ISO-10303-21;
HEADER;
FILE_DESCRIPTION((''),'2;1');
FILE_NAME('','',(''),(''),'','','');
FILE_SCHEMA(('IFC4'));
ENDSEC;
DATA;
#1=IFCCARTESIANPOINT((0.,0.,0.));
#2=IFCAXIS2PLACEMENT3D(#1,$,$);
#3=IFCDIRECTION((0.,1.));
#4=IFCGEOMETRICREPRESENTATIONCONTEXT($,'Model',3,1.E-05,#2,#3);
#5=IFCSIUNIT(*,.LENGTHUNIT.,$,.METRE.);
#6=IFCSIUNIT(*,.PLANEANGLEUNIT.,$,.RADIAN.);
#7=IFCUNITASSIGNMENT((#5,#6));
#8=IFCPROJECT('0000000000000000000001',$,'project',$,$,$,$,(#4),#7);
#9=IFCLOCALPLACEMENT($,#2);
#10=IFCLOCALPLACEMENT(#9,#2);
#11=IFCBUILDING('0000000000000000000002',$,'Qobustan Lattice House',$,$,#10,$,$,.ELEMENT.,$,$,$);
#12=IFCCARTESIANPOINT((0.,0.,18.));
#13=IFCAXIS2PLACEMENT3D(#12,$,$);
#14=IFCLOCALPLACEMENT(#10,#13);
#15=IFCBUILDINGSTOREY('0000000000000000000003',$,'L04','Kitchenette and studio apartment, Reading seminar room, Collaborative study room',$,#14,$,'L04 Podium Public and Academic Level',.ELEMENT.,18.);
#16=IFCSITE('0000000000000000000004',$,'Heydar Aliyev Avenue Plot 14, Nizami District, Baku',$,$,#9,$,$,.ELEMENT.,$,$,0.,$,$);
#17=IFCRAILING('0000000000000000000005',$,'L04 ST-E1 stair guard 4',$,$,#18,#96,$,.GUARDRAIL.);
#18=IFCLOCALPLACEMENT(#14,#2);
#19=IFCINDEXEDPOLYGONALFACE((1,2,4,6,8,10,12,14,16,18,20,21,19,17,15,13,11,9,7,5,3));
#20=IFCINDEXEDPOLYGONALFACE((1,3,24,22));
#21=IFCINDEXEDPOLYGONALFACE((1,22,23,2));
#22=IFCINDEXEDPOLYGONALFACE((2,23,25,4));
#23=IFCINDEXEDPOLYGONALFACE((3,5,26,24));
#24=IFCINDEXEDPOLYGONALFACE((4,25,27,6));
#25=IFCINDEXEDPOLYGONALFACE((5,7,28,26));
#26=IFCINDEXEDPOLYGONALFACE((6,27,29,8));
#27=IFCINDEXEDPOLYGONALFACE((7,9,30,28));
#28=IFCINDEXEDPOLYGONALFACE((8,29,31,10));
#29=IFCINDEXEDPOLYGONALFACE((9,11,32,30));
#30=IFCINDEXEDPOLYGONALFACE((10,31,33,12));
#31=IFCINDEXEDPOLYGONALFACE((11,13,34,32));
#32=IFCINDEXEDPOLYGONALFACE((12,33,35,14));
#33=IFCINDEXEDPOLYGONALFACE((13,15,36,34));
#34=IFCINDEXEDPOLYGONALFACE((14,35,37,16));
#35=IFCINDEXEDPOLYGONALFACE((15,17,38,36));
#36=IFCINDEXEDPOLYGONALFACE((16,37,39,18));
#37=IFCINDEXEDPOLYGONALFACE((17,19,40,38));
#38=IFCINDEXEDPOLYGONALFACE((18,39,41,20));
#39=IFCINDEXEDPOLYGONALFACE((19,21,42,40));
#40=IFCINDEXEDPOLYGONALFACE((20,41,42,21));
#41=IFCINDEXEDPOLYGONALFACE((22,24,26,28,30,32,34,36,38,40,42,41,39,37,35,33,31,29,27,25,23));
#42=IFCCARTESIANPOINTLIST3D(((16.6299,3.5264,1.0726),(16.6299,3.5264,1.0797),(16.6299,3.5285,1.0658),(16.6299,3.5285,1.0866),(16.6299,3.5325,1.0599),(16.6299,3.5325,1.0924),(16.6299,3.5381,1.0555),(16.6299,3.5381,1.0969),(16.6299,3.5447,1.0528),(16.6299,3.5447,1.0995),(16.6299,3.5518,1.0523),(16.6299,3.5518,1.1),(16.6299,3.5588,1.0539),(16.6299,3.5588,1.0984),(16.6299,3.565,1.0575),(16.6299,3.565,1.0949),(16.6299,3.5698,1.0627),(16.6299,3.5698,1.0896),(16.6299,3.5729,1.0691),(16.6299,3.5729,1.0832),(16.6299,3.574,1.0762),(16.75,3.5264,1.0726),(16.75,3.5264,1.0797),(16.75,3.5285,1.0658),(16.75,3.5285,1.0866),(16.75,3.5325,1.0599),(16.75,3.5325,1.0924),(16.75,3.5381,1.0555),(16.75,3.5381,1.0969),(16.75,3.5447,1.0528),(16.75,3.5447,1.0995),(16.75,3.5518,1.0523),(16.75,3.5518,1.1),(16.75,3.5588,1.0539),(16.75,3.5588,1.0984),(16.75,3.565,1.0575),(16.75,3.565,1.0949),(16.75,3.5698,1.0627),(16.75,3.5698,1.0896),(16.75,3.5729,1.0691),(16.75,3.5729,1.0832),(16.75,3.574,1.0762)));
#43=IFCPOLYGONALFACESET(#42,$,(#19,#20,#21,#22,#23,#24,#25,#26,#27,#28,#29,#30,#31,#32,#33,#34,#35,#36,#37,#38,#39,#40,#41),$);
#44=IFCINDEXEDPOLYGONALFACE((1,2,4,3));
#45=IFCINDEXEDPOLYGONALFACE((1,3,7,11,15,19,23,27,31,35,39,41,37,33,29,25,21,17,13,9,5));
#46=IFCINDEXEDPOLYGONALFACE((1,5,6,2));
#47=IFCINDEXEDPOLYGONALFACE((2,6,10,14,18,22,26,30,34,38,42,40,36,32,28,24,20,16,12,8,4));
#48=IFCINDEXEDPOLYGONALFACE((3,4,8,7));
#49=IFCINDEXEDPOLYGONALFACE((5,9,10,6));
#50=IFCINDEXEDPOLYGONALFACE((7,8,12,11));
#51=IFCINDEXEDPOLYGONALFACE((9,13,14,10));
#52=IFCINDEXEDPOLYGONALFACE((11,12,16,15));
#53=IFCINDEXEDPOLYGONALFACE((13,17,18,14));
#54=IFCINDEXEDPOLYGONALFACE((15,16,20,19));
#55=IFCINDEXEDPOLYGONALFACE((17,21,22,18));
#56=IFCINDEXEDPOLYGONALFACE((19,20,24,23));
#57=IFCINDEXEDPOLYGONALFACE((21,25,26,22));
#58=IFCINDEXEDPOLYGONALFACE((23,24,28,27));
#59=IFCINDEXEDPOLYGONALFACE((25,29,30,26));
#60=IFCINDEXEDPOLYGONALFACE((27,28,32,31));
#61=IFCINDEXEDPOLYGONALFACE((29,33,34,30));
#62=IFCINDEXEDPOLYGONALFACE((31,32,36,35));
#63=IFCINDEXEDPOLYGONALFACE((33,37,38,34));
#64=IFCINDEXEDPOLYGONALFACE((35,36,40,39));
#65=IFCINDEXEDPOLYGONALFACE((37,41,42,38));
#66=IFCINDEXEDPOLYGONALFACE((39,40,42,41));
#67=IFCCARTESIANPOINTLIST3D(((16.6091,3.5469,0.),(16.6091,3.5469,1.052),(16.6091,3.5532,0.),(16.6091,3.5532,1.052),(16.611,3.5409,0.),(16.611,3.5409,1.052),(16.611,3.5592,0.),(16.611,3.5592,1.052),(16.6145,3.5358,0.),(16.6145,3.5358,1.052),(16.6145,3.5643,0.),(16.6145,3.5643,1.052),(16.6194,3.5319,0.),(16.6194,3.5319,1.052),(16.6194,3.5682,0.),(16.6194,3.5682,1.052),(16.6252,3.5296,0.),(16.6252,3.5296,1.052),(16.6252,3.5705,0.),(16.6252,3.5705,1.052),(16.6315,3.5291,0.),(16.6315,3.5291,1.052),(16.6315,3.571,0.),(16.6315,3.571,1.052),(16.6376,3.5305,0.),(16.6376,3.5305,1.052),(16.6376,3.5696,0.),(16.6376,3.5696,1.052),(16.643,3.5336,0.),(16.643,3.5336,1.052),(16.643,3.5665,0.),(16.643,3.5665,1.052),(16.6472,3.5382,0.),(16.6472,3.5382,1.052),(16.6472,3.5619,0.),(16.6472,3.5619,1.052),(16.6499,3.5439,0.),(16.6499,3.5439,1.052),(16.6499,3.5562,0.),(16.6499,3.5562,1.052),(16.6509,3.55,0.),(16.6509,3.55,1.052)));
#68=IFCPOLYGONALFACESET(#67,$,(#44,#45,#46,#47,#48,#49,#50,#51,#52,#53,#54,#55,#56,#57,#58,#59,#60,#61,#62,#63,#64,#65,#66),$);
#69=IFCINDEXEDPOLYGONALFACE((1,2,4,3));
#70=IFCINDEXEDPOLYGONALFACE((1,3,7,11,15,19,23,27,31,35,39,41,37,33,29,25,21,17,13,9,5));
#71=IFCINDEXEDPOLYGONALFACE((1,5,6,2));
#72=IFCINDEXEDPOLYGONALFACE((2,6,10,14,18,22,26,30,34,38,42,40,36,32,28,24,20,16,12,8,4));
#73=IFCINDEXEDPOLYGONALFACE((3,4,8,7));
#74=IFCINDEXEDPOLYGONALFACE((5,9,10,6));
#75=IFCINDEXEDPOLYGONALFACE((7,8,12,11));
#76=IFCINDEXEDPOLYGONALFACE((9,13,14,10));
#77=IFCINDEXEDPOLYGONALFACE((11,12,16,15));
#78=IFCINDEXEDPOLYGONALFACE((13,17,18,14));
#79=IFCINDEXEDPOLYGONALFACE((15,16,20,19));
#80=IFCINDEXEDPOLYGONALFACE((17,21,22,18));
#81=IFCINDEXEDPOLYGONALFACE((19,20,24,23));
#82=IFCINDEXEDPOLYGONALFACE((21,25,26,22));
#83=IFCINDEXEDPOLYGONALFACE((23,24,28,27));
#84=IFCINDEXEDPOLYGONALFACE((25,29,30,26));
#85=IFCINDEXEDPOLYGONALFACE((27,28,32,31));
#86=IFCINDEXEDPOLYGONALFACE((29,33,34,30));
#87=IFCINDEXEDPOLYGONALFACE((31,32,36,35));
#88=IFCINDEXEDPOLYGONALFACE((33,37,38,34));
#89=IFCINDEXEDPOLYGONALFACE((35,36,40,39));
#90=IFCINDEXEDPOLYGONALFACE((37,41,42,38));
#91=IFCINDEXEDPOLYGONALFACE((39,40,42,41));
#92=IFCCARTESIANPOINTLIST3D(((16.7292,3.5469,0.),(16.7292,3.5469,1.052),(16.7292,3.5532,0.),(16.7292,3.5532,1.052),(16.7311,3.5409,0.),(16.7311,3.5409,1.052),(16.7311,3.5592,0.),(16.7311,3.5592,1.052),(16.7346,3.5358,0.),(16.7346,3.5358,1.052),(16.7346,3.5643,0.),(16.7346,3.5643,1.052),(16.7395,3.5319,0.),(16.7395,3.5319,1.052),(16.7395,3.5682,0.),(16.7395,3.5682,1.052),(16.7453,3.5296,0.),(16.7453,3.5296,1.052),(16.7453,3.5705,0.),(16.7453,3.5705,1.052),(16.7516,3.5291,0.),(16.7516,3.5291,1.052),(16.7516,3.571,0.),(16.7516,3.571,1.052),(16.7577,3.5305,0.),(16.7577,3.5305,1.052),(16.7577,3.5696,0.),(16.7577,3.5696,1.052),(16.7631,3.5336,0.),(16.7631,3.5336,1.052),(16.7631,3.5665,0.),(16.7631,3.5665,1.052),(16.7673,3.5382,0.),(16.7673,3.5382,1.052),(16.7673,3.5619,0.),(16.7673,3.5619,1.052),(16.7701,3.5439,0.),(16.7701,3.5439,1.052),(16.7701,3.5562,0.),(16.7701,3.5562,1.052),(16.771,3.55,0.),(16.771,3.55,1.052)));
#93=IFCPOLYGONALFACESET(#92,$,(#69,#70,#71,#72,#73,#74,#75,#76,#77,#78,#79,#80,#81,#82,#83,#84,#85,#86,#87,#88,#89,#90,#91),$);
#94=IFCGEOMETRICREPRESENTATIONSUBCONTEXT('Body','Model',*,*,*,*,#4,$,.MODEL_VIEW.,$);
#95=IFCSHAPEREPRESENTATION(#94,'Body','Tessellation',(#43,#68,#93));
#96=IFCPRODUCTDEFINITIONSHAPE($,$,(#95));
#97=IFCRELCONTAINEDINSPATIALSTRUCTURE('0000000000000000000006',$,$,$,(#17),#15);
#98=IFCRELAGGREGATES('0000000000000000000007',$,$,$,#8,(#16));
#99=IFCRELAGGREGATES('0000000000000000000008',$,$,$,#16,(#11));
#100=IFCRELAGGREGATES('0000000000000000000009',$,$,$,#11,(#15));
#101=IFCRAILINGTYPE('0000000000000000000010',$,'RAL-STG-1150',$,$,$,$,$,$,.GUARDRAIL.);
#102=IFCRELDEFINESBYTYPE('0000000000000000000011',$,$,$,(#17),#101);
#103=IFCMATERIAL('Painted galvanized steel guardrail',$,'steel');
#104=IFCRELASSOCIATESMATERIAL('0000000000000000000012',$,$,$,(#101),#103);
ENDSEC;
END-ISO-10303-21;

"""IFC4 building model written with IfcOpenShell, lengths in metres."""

from ifc_helpers import new_model, si_unit, direction, frame, origin, origin_2d, place, context, subcontext, project, spatial, circle, extrude, material, type_object, element, save


model = new_model("IFC4")

# Units and contexts
model_context = context("Model", 3, precision=1e-05, world=origin(), true_north=direction((0.0, 1.0)))
body_context = subcontext(model_context, "Body", "Model", "MODEL_VIEW")
ifc_project = project(units=[si_unit("LENGTHUNIT", "METRE"), si_unit("PLANEANGLEUNIT", "RADIAN")], contexts=[model_context])

# Site, building, storey
site_placement = place(None, origin())
site = spatial("IfcSite", under=ifc_project, at=site_placement, Name="Heydar Aliyev Avenue Plot 14, Nizami District, Baku", CompositionType="ELEMENT", RefElevation=0.0)
building_placement = place(site_placement, origin())
building = spatial("IfcBuilding", under=site, at=building_placement, Name="Qobustan Lattice House", CompositionType="ELEMENT")
storey_placement = place(building_placement, frame((0.0, 0.0, 18.0)))
storey = spatial("IfcBuildingStorey", under=building, at=storey_placement, Name="L04", Description="Kitchenette and studio apartment, Reading seminar room, Collaborative study room", LongName="L04 Podium Public and Academic Level", CompositionType="ELEMENT", Elevation=18.0)

# Railing
ifc_material_1 = material(Name="Painted galvanized steel guardrail", Category="steel")
railing_type_1 = type_object("IfcRailingType", Name="RAL-STG-1150", PredefinedType="GUARDRAIL", material=ifc_material_1)
railing_1_placement = place(storey_placement, frame((16.6299, 3.55, 0.0)))
element("IfcRailing", 1, at=railing_1_placement, inside=storey, type_object=railing_type_1, Name="L04 ST-E1 stair guard 4", PredefinedType="GUARDRAIL", context=body_context, shape_type="SweptSolid", body=[
    extrude(circle(Radius=0.0239, at=origin_2d()), frame((0.0, 0.0, 1.0762), z_axis=(1.0, 0.0, 0.0), x_axis=(0.0, 1.0, 0.0)), (0.0, 0.0, 1.0), 0.1201),
    extrude(circle(Radius=0.021, at=origin_2d()), origin(), (0.0, 0.0, 1.0), 1.052),
    extrude(circle(Radius=0.021, at=origin_2d()), frame((0.1201, 0.0, 0.0)), (0.0, 0.0, 1.0), 1.052),
])

save(model, "model.ifc")
